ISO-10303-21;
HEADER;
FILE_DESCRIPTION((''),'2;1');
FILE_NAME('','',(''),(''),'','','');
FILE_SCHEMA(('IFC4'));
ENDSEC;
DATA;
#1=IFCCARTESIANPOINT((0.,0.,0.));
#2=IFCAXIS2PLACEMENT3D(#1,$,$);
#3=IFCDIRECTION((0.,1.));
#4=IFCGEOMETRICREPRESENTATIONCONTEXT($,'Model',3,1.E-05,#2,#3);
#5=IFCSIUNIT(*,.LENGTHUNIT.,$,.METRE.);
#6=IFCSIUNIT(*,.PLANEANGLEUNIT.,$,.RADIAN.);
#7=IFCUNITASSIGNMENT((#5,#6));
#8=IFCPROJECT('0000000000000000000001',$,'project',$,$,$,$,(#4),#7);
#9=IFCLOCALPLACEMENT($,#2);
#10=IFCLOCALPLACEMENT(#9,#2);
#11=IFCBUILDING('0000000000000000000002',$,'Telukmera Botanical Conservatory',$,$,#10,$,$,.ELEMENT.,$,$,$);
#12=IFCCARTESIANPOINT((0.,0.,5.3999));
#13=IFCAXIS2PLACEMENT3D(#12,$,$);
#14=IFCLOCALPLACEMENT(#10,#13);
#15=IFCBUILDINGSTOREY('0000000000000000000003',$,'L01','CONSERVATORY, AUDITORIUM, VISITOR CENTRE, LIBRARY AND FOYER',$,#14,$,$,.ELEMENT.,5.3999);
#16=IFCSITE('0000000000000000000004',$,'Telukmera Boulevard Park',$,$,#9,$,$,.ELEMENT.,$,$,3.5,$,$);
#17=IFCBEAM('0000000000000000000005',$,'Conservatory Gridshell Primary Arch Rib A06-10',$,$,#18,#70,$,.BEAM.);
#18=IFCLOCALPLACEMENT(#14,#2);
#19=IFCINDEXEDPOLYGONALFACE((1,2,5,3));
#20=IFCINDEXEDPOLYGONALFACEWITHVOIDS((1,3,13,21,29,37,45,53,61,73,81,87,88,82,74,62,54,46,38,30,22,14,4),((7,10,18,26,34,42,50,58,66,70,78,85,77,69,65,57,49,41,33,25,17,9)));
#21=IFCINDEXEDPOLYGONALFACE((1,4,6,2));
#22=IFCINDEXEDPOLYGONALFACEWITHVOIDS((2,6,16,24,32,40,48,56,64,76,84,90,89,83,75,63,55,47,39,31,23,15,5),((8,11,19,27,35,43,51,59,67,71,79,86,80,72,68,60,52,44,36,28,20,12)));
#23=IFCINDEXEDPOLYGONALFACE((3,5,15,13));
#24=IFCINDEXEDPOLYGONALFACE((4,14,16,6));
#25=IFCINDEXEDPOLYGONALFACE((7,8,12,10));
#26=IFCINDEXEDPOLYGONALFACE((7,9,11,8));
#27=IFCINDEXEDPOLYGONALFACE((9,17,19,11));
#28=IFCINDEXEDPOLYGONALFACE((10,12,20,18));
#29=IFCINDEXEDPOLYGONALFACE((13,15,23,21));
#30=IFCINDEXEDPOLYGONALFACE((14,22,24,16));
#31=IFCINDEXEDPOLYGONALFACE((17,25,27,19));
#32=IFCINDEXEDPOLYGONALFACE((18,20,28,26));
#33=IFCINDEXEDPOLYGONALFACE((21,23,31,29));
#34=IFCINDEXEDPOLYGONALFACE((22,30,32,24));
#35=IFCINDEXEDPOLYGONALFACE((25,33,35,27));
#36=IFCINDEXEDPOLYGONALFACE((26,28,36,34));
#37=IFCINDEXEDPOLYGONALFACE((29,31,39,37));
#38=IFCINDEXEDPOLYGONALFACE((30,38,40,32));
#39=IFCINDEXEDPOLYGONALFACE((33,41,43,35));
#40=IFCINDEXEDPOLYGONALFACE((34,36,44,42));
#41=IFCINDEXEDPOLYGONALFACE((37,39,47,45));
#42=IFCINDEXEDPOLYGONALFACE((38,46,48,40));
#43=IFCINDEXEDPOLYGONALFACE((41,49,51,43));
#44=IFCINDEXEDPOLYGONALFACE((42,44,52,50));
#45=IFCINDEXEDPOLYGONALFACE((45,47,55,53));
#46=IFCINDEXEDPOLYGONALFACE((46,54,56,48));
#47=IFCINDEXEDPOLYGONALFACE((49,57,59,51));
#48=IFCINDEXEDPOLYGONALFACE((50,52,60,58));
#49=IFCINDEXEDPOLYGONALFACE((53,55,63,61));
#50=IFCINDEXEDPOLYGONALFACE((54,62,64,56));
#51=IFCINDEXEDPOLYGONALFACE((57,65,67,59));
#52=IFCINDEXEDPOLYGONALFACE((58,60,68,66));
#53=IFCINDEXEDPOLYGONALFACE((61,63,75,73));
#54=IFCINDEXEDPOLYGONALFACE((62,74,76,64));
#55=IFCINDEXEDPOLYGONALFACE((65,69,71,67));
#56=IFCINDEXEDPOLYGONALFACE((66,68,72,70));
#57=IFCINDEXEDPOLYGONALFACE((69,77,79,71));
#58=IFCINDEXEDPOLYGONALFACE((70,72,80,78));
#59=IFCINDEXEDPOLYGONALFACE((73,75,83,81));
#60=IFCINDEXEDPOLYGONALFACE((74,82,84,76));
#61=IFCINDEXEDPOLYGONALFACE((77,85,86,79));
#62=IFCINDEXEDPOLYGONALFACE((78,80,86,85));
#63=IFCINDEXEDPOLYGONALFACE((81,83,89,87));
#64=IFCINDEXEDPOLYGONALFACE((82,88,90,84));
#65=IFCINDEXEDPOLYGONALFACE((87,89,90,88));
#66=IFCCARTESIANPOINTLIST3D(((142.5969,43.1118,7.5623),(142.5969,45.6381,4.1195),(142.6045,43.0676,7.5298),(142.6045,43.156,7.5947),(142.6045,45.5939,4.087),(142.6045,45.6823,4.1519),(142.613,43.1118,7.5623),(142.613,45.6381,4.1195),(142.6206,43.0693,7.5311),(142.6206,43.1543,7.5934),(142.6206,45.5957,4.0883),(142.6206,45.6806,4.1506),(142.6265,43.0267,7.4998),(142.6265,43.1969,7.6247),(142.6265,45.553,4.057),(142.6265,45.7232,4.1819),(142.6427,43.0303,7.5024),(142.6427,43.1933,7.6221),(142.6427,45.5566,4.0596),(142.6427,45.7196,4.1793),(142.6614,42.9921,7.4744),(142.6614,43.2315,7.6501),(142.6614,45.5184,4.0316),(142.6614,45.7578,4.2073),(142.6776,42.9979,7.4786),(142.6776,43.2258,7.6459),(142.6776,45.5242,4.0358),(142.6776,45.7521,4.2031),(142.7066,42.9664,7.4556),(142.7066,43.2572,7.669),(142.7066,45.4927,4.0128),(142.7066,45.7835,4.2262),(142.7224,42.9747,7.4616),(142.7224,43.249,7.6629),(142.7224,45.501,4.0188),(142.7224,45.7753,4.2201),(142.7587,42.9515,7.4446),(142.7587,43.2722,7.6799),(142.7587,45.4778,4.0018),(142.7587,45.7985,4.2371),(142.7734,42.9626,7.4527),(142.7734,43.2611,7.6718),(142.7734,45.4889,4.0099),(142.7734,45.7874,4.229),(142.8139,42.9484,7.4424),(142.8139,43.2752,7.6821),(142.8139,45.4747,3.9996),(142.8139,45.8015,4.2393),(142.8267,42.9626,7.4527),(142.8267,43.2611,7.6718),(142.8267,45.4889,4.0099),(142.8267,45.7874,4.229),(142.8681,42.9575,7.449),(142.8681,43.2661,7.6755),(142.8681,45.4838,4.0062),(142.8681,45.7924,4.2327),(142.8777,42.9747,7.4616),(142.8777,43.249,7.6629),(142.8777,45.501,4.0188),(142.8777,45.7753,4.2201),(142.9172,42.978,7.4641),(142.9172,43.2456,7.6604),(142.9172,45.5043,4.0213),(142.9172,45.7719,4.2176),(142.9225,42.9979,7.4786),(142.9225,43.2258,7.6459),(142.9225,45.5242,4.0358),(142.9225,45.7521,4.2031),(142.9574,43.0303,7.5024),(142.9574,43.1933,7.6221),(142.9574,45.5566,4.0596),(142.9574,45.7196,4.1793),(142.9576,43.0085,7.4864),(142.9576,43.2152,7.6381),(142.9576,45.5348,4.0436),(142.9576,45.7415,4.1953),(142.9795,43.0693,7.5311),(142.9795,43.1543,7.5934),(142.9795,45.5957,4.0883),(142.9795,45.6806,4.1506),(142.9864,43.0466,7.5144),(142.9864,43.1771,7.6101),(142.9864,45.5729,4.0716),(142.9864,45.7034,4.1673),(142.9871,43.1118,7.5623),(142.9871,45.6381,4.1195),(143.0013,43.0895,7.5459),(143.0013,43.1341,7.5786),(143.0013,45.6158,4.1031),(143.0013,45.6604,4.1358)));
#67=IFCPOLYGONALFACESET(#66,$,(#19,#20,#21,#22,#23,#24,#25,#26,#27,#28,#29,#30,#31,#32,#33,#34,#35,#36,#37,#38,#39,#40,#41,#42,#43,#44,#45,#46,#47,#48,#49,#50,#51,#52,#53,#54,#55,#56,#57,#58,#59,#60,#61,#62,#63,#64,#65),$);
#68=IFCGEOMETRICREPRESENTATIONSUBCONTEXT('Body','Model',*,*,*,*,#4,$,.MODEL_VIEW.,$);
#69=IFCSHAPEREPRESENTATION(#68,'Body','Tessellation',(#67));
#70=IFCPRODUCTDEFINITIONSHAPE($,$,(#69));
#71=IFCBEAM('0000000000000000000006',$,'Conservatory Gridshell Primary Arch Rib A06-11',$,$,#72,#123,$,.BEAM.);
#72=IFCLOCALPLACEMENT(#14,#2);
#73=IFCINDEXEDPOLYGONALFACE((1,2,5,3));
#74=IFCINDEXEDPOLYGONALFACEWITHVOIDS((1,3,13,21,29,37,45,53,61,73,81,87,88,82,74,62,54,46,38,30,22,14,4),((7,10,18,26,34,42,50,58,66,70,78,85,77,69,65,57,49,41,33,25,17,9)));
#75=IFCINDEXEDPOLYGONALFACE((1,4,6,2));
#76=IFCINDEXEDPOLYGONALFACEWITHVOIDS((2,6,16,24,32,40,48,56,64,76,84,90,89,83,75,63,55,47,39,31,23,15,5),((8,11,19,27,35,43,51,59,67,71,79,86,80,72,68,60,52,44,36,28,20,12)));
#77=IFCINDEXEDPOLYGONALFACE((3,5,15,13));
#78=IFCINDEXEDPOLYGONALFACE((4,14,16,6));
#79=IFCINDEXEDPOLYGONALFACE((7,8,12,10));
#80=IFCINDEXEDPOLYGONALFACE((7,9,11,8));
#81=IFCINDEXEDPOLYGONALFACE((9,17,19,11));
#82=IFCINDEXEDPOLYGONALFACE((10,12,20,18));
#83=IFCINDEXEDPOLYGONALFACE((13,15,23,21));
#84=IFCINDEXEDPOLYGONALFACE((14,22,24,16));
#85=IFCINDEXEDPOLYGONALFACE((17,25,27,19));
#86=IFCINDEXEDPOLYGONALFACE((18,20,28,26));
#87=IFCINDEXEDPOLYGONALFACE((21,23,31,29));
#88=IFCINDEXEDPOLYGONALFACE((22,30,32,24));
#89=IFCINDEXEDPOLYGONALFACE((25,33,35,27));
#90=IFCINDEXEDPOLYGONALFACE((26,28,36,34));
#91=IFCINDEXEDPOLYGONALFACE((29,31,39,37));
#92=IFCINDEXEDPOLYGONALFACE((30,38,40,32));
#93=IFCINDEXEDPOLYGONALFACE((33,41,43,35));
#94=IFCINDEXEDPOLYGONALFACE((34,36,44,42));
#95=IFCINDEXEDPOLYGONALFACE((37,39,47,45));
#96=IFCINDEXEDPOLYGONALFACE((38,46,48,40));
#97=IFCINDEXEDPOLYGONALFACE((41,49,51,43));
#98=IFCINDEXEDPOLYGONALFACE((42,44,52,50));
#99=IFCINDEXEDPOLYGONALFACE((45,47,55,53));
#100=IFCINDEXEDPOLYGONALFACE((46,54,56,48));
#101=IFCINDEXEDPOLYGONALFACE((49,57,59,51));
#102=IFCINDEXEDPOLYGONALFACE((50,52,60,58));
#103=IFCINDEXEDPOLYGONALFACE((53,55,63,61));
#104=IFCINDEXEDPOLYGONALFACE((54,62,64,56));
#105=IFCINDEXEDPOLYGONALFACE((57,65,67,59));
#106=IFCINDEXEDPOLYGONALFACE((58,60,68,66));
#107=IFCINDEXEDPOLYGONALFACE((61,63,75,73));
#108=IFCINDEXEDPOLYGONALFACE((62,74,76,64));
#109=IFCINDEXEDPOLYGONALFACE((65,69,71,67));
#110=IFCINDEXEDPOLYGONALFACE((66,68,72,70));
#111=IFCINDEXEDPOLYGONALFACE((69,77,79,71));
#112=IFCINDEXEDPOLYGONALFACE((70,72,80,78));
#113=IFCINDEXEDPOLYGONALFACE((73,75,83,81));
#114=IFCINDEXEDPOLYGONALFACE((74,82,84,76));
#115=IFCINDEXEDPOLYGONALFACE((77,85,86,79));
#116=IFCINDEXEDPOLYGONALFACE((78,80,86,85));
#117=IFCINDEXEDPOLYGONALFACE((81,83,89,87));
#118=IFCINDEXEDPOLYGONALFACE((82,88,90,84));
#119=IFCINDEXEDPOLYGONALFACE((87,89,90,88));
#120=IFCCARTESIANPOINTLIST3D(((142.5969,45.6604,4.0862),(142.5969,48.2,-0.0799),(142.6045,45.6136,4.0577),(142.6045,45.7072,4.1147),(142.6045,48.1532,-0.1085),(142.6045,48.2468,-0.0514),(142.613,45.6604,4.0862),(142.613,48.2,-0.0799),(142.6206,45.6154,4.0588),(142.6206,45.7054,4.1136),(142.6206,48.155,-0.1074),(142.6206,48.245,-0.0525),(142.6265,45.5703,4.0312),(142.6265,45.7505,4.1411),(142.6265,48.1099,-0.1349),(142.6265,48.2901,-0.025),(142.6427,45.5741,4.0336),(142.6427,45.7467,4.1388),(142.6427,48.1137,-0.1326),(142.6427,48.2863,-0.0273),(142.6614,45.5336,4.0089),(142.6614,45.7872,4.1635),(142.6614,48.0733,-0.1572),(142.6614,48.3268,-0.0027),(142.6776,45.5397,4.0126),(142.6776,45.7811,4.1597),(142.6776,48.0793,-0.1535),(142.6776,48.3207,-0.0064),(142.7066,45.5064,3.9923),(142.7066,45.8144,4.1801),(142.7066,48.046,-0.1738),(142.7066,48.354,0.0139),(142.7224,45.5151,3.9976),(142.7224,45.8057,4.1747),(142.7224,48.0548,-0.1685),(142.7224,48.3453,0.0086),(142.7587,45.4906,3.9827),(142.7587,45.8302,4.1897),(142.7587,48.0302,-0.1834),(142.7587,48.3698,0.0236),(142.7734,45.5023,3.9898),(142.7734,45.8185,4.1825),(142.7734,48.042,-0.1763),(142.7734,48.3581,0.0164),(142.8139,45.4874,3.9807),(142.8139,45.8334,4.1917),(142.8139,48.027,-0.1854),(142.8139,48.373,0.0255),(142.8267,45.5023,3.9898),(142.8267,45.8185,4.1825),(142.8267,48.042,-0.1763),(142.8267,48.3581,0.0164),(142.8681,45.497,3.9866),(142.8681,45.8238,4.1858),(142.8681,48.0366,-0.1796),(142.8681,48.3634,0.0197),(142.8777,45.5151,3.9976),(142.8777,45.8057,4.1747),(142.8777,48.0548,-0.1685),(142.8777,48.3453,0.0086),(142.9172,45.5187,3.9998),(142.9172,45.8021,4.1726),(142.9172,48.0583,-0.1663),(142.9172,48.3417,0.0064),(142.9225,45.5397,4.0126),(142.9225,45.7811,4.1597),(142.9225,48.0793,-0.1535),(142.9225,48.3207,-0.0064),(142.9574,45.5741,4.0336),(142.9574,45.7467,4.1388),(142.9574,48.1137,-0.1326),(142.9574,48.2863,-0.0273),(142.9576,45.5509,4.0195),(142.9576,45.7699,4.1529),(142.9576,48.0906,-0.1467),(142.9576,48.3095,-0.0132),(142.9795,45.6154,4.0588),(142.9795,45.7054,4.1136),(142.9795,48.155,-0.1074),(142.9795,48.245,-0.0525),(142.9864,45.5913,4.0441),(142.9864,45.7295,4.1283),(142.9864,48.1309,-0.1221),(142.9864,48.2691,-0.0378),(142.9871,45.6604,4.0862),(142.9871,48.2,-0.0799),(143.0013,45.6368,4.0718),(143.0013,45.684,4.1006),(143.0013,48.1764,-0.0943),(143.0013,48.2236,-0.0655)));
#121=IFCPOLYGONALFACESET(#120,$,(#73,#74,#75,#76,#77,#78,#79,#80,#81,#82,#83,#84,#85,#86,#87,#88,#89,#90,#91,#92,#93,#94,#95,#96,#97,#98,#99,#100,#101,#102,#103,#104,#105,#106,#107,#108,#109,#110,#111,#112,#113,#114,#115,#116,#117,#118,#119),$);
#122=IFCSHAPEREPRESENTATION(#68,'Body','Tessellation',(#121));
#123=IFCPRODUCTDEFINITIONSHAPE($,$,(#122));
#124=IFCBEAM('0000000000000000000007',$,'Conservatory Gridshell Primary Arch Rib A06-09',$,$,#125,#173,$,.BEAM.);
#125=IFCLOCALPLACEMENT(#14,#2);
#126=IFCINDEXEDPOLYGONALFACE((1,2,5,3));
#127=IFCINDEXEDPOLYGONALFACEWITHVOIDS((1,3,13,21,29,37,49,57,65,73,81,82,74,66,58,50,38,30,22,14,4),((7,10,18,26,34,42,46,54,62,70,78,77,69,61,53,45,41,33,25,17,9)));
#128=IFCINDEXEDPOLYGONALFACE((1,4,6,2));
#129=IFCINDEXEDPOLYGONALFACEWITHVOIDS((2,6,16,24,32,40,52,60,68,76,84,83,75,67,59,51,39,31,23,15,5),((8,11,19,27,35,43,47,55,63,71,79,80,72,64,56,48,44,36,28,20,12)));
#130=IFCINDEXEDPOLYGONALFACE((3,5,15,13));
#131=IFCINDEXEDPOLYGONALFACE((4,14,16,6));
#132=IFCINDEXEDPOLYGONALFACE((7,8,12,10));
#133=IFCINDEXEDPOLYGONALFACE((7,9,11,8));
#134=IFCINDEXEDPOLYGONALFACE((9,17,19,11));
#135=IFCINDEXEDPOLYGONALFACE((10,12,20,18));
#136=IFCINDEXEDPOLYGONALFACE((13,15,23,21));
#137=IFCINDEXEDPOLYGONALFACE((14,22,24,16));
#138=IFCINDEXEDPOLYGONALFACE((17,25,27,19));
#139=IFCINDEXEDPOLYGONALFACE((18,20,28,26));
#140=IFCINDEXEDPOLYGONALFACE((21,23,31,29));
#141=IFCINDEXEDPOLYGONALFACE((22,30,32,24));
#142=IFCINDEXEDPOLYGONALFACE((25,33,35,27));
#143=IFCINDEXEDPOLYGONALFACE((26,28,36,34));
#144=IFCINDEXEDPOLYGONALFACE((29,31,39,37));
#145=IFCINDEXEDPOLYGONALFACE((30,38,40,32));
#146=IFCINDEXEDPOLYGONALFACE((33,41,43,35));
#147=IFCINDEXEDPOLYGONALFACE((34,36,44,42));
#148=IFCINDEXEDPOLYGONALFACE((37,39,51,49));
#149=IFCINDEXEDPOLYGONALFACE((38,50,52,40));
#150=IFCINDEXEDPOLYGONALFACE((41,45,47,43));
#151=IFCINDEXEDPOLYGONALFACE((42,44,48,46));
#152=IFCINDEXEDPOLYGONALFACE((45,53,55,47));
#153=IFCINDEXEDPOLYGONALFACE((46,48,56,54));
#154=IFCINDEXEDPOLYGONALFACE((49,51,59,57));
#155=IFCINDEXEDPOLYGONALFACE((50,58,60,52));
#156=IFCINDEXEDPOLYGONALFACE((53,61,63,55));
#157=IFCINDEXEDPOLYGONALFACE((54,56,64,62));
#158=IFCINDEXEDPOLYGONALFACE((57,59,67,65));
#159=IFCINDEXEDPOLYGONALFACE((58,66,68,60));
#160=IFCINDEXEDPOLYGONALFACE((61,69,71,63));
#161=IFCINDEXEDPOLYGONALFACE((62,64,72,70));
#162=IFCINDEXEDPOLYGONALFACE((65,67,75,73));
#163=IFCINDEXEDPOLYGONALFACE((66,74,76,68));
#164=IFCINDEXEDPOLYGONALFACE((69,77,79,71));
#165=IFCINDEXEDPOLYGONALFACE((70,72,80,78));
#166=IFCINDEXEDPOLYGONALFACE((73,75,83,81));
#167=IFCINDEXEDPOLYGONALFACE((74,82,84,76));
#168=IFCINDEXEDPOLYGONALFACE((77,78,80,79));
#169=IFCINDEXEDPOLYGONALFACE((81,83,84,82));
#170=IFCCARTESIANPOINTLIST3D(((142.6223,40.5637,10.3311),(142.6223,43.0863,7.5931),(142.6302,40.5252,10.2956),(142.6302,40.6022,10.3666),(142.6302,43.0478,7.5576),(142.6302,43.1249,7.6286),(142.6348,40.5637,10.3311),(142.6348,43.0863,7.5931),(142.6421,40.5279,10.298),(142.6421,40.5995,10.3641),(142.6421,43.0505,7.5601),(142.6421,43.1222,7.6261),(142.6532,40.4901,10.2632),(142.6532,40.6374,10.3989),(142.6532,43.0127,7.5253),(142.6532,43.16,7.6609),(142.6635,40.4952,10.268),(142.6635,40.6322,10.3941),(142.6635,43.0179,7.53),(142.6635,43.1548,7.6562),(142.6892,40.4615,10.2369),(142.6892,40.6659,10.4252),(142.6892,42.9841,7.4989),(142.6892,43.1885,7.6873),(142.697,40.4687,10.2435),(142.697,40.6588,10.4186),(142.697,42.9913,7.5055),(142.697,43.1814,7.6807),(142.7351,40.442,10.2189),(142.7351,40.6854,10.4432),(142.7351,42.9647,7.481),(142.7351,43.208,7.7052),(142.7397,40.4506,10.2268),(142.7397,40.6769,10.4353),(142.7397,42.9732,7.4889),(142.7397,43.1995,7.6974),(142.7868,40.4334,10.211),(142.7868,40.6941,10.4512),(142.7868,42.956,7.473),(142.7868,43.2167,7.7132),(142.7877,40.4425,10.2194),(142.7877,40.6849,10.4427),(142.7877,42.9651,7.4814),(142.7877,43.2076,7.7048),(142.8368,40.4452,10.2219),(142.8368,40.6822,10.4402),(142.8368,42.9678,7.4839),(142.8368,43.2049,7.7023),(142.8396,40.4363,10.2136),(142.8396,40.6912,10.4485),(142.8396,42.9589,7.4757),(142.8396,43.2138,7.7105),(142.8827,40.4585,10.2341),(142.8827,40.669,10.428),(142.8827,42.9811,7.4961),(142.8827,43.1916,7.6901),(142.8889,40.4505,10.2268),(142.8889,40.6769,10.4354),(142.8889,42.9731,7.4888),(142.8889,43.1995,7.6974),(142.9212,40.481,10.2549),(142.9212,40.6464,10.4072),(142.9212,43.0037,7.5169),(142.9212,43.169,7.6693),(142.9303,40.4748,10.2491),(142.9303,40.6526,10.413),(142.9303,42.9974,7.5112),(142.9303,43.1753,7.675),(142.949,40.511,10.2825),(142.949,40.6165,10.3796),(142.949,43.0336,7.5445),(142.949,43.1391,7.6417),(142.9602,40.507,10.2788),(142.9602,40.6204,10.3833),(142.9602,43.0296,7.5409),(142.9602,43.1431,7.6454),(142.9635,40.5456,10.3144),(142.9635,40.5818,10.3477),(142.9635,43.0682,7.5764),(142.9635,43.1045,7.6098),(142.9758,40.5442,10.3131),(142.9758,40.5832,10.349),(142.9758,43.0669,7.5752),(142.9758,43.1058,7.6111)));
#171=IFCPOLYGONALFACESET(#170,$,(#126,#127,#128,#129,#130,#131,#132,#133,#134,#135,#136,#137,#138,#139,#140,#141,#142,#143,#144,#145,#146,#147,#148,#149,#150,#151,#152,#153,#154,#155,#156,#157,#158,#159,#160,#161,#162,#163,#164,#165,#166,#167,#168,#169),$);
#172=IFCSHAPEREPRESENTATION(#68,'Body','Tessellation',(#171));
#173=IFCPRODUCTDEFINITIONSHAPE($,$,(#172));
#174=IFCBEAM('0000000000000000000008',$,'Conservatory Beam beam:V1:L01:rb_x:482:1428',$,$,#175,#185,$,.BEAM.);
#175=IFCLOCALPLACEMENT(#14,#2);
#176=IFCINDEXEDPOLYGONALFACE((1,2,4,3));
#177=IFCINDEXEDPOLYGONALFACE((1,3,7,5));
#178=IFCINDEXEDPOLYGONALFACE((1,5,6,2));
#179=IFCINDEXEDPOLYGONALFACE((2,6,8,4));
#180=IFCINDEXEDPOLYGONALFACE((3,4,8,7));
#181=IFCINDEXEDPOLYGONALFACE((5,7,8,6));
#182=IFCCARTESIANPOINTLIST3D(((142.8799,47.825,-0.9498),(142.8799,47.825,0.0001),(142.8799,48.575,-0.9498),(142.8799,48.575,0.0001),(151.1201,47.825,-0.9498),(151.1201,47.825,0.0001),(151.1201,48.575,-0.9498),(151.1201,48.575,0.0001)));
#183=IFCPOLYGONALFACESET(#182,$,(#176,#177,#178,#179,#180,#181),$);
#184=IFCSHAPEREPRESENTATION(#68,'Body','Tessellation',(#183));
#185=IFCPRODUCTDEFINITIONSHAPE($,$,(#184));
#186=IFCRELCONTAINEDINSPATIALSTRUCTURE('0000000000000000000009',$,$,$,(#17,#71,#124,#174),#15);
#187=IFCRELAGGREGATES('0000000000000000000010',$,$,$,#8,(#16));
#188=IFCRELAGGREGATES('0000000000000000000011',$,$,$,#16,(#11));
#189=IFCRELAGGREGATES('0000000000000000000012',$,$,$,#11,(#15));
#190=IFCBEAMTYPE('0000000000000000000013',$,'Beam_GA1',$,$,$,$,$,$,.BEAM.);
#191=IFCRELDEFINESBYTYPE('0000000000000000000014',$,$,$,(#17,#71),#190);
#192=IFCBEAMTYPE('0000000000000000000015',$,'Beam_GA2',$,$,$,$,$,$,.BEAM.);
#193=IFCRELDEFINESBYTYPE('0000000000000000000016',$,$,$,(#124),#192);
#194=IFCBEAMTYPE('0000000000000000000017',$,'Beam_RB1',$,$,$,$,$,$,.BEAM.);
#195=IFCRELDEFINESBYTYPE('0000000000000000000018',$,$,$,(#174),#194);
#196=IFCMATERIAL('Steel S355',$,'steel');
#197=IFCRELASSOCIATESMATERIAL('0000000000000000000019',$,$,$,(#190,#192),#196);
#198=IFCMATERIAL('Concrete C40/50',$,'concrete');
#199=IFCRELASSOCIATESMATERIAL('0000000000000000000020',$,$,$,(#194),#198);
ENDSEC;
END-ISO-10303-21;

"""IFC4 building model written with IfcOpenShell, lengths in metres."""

from ifc_helpers import new_model, si_unit, direction, frame, origin, origin_2d, place, context, subcontext, project, spatial, rectangle, hollow_circle, extrude, material, material_profile, profile_set, type_object, element, save


model = new_model("IFC4")

# Units and contexts
model_context = context("Model", 3, precision=1e-05, world=origin(), true_north=direction((0.0, 1.0)))
body_context = subcontext(model_context, "Body", "Model", "MODEL_VIEW")
ifc_project = project(units=[si_unit("LENGTHUNIT", "METRE"), si_unit("PLANEANGLEUNIT", "RADIAN")], contexts=[model_context])

# Site, building, storey
site_placement = place(None, origin())
site = spatial("IfcSite", under=ifc_project, at=site_placement, Name="Telukmera Boulevard Park", CompositionType="ELEMENT", RefElevation=3.5)
building_placement = place(site_placement, origin())
building = spatial("IfcBuilding", under=site, at=building_placement, Name="Telukmera Botanical Conservatory", CompositionType="ELEMENT")
storey_placement = place(building_placement, frame((0.0, 0.0, 5.3999)))
storey = spatial("IfcBuildingStorey", under=building, at=storey_placement, Name="L01", Description="CONSERVATORY, AUDITORIUM, VISITOR CENTRE, LIBRARY AND FOYER", CompositionType="ELEMENT", Elevation=5.3999)

# Beams
ifc_material_1 = material(Name="Steel S355", Category="steel")
ifc_material_profile_1 = material_profile(ifc_material_1, hollow_circle(Radius=0.2031, WallThickness=0.0161, at=origin_2d()), Name="CHS 406.4x16.0")
ifc_profile_set_1 = profile_set([ifc_material_profile_1], Name="Steel S355")
beam_type_1 = type_object("IfcBeamType", Name="Beam_GA1", PredefinedType="BEAM", material=ifc_profile_set_1)
beam_1_placement = place(storey_placement, frame((142.8, 43.1118, 7.5623), z_axis=(0.0, 0.591607, -0.806227), x_axis=(-1.0, 0.0, 0.0)))
element("IfcBeam", 1, at=beam_1_placement, inside=storey, type_object=beam_type_1, Name="Conservatory Gridshell Primary Arch Rib A06-10", PredefinedType="BEAM", context=body_context, shape_type="SweptSolid", body=[
    extrude(hollow_circle(Radius=0.2031, WallThickness=0.0161, at=origin_2d()), origin(), (0.0, 0.0, 1.0), 4.2703),
])
beam_2_placement = place(storey_placement, frame((142.8, 45.6604, 4.0862), z_axis=(0.0, 0.520502, -0.85386), x_axis=(-1.0, 0.0, 0.0)))
element("IfcBeam", 2, at=beam_2_placement, inside=storey, type_object=beam_type_1, Name="Conservatory Gridshell Primary Arch Rib A06-11", PredefinedType="BEAM", context=body_context, shape_type="SweptSolid", body=[
    extrude(hollow_circle(Radius=0.2031, WallThickness=0.0161, at=origin_2d()), origin(), (0.0, 0.0, 1.0), 4.8792),
])
ifc_material_profile_2 = material_profile(ifc_material_1, hollow_circle(Radius=0.1777, WallThickness=0.0125, at=origin_2d()), Name="CHS 355.6x12.5")
ifc_profile_set_2 = profile_set([ifc_material_profile_2], Name="Steel S355")
beam_type_2 = type_object("IfcBeamType", Name="Beam_GA2", PredefinedType="BEAM", material=ifc_profile_set_2)
beam_3_placement = place(storey_placement, frame((142.8, 40.5637, 10.3311), z_axis=(0.0, 0.677596, -0.735434), x_axis=(-1.0, 0.0, 0.0)))
element("IfcBeam", 3, at=beam_3_placement, inside=storey, type_object=beam_type_2, Name="Conservatory Gridshell Primary Arch Rib A06-09", PredefinedType="BEAM", context=body_context, shape_type="SweptSolid", body=[
    extrude(hollow_circle(Radius=0.1777, WallThickness=0.0125, at=origin_2d()), origin(), (0.0, 0.0, 1.0), 3.7229),
])
ifc_material_2 = material(Name="Concrete C40/50", Category="concrete")
ifc_material_profile_3 = material_profile(ifc_material_2, rectangle(XDim=0.75, YDim=0.95, at=origin_2d()), Name="RC 750x950")
ifc_profile_set_3 = profile_set([ifc_material_profile_3], Name="Concrete C40/50")
beam_type_3 = type_object("IfcBeamType", Name="Beam_RB1", PredefinedType="BEAM", material=ifc_profile_set_3)
beam_4_placement = place(storey_placement, frame((142.8799, 48.2, -0.4749), z_axis=(1.0, 0.0, 0.0), x_axis=(0.0, 1.0, 0.0)))
element("IfcBeam", 4, at=beam_4_placement, inside=storey, type_object=beam_type_3, Name="Conservatory Beam beam:V1:L01:rb_x:482:1428", PredefinedType="BEAM", context=body_context, shape_type="SweptSolid", body=[
    extrude(rectangle(XDim=0.75, YDim=0.95, at=origin_2d()), origin(), (0.0, 0.0, 1.0), 8.2402),
])

save(model, "model.ifc")
